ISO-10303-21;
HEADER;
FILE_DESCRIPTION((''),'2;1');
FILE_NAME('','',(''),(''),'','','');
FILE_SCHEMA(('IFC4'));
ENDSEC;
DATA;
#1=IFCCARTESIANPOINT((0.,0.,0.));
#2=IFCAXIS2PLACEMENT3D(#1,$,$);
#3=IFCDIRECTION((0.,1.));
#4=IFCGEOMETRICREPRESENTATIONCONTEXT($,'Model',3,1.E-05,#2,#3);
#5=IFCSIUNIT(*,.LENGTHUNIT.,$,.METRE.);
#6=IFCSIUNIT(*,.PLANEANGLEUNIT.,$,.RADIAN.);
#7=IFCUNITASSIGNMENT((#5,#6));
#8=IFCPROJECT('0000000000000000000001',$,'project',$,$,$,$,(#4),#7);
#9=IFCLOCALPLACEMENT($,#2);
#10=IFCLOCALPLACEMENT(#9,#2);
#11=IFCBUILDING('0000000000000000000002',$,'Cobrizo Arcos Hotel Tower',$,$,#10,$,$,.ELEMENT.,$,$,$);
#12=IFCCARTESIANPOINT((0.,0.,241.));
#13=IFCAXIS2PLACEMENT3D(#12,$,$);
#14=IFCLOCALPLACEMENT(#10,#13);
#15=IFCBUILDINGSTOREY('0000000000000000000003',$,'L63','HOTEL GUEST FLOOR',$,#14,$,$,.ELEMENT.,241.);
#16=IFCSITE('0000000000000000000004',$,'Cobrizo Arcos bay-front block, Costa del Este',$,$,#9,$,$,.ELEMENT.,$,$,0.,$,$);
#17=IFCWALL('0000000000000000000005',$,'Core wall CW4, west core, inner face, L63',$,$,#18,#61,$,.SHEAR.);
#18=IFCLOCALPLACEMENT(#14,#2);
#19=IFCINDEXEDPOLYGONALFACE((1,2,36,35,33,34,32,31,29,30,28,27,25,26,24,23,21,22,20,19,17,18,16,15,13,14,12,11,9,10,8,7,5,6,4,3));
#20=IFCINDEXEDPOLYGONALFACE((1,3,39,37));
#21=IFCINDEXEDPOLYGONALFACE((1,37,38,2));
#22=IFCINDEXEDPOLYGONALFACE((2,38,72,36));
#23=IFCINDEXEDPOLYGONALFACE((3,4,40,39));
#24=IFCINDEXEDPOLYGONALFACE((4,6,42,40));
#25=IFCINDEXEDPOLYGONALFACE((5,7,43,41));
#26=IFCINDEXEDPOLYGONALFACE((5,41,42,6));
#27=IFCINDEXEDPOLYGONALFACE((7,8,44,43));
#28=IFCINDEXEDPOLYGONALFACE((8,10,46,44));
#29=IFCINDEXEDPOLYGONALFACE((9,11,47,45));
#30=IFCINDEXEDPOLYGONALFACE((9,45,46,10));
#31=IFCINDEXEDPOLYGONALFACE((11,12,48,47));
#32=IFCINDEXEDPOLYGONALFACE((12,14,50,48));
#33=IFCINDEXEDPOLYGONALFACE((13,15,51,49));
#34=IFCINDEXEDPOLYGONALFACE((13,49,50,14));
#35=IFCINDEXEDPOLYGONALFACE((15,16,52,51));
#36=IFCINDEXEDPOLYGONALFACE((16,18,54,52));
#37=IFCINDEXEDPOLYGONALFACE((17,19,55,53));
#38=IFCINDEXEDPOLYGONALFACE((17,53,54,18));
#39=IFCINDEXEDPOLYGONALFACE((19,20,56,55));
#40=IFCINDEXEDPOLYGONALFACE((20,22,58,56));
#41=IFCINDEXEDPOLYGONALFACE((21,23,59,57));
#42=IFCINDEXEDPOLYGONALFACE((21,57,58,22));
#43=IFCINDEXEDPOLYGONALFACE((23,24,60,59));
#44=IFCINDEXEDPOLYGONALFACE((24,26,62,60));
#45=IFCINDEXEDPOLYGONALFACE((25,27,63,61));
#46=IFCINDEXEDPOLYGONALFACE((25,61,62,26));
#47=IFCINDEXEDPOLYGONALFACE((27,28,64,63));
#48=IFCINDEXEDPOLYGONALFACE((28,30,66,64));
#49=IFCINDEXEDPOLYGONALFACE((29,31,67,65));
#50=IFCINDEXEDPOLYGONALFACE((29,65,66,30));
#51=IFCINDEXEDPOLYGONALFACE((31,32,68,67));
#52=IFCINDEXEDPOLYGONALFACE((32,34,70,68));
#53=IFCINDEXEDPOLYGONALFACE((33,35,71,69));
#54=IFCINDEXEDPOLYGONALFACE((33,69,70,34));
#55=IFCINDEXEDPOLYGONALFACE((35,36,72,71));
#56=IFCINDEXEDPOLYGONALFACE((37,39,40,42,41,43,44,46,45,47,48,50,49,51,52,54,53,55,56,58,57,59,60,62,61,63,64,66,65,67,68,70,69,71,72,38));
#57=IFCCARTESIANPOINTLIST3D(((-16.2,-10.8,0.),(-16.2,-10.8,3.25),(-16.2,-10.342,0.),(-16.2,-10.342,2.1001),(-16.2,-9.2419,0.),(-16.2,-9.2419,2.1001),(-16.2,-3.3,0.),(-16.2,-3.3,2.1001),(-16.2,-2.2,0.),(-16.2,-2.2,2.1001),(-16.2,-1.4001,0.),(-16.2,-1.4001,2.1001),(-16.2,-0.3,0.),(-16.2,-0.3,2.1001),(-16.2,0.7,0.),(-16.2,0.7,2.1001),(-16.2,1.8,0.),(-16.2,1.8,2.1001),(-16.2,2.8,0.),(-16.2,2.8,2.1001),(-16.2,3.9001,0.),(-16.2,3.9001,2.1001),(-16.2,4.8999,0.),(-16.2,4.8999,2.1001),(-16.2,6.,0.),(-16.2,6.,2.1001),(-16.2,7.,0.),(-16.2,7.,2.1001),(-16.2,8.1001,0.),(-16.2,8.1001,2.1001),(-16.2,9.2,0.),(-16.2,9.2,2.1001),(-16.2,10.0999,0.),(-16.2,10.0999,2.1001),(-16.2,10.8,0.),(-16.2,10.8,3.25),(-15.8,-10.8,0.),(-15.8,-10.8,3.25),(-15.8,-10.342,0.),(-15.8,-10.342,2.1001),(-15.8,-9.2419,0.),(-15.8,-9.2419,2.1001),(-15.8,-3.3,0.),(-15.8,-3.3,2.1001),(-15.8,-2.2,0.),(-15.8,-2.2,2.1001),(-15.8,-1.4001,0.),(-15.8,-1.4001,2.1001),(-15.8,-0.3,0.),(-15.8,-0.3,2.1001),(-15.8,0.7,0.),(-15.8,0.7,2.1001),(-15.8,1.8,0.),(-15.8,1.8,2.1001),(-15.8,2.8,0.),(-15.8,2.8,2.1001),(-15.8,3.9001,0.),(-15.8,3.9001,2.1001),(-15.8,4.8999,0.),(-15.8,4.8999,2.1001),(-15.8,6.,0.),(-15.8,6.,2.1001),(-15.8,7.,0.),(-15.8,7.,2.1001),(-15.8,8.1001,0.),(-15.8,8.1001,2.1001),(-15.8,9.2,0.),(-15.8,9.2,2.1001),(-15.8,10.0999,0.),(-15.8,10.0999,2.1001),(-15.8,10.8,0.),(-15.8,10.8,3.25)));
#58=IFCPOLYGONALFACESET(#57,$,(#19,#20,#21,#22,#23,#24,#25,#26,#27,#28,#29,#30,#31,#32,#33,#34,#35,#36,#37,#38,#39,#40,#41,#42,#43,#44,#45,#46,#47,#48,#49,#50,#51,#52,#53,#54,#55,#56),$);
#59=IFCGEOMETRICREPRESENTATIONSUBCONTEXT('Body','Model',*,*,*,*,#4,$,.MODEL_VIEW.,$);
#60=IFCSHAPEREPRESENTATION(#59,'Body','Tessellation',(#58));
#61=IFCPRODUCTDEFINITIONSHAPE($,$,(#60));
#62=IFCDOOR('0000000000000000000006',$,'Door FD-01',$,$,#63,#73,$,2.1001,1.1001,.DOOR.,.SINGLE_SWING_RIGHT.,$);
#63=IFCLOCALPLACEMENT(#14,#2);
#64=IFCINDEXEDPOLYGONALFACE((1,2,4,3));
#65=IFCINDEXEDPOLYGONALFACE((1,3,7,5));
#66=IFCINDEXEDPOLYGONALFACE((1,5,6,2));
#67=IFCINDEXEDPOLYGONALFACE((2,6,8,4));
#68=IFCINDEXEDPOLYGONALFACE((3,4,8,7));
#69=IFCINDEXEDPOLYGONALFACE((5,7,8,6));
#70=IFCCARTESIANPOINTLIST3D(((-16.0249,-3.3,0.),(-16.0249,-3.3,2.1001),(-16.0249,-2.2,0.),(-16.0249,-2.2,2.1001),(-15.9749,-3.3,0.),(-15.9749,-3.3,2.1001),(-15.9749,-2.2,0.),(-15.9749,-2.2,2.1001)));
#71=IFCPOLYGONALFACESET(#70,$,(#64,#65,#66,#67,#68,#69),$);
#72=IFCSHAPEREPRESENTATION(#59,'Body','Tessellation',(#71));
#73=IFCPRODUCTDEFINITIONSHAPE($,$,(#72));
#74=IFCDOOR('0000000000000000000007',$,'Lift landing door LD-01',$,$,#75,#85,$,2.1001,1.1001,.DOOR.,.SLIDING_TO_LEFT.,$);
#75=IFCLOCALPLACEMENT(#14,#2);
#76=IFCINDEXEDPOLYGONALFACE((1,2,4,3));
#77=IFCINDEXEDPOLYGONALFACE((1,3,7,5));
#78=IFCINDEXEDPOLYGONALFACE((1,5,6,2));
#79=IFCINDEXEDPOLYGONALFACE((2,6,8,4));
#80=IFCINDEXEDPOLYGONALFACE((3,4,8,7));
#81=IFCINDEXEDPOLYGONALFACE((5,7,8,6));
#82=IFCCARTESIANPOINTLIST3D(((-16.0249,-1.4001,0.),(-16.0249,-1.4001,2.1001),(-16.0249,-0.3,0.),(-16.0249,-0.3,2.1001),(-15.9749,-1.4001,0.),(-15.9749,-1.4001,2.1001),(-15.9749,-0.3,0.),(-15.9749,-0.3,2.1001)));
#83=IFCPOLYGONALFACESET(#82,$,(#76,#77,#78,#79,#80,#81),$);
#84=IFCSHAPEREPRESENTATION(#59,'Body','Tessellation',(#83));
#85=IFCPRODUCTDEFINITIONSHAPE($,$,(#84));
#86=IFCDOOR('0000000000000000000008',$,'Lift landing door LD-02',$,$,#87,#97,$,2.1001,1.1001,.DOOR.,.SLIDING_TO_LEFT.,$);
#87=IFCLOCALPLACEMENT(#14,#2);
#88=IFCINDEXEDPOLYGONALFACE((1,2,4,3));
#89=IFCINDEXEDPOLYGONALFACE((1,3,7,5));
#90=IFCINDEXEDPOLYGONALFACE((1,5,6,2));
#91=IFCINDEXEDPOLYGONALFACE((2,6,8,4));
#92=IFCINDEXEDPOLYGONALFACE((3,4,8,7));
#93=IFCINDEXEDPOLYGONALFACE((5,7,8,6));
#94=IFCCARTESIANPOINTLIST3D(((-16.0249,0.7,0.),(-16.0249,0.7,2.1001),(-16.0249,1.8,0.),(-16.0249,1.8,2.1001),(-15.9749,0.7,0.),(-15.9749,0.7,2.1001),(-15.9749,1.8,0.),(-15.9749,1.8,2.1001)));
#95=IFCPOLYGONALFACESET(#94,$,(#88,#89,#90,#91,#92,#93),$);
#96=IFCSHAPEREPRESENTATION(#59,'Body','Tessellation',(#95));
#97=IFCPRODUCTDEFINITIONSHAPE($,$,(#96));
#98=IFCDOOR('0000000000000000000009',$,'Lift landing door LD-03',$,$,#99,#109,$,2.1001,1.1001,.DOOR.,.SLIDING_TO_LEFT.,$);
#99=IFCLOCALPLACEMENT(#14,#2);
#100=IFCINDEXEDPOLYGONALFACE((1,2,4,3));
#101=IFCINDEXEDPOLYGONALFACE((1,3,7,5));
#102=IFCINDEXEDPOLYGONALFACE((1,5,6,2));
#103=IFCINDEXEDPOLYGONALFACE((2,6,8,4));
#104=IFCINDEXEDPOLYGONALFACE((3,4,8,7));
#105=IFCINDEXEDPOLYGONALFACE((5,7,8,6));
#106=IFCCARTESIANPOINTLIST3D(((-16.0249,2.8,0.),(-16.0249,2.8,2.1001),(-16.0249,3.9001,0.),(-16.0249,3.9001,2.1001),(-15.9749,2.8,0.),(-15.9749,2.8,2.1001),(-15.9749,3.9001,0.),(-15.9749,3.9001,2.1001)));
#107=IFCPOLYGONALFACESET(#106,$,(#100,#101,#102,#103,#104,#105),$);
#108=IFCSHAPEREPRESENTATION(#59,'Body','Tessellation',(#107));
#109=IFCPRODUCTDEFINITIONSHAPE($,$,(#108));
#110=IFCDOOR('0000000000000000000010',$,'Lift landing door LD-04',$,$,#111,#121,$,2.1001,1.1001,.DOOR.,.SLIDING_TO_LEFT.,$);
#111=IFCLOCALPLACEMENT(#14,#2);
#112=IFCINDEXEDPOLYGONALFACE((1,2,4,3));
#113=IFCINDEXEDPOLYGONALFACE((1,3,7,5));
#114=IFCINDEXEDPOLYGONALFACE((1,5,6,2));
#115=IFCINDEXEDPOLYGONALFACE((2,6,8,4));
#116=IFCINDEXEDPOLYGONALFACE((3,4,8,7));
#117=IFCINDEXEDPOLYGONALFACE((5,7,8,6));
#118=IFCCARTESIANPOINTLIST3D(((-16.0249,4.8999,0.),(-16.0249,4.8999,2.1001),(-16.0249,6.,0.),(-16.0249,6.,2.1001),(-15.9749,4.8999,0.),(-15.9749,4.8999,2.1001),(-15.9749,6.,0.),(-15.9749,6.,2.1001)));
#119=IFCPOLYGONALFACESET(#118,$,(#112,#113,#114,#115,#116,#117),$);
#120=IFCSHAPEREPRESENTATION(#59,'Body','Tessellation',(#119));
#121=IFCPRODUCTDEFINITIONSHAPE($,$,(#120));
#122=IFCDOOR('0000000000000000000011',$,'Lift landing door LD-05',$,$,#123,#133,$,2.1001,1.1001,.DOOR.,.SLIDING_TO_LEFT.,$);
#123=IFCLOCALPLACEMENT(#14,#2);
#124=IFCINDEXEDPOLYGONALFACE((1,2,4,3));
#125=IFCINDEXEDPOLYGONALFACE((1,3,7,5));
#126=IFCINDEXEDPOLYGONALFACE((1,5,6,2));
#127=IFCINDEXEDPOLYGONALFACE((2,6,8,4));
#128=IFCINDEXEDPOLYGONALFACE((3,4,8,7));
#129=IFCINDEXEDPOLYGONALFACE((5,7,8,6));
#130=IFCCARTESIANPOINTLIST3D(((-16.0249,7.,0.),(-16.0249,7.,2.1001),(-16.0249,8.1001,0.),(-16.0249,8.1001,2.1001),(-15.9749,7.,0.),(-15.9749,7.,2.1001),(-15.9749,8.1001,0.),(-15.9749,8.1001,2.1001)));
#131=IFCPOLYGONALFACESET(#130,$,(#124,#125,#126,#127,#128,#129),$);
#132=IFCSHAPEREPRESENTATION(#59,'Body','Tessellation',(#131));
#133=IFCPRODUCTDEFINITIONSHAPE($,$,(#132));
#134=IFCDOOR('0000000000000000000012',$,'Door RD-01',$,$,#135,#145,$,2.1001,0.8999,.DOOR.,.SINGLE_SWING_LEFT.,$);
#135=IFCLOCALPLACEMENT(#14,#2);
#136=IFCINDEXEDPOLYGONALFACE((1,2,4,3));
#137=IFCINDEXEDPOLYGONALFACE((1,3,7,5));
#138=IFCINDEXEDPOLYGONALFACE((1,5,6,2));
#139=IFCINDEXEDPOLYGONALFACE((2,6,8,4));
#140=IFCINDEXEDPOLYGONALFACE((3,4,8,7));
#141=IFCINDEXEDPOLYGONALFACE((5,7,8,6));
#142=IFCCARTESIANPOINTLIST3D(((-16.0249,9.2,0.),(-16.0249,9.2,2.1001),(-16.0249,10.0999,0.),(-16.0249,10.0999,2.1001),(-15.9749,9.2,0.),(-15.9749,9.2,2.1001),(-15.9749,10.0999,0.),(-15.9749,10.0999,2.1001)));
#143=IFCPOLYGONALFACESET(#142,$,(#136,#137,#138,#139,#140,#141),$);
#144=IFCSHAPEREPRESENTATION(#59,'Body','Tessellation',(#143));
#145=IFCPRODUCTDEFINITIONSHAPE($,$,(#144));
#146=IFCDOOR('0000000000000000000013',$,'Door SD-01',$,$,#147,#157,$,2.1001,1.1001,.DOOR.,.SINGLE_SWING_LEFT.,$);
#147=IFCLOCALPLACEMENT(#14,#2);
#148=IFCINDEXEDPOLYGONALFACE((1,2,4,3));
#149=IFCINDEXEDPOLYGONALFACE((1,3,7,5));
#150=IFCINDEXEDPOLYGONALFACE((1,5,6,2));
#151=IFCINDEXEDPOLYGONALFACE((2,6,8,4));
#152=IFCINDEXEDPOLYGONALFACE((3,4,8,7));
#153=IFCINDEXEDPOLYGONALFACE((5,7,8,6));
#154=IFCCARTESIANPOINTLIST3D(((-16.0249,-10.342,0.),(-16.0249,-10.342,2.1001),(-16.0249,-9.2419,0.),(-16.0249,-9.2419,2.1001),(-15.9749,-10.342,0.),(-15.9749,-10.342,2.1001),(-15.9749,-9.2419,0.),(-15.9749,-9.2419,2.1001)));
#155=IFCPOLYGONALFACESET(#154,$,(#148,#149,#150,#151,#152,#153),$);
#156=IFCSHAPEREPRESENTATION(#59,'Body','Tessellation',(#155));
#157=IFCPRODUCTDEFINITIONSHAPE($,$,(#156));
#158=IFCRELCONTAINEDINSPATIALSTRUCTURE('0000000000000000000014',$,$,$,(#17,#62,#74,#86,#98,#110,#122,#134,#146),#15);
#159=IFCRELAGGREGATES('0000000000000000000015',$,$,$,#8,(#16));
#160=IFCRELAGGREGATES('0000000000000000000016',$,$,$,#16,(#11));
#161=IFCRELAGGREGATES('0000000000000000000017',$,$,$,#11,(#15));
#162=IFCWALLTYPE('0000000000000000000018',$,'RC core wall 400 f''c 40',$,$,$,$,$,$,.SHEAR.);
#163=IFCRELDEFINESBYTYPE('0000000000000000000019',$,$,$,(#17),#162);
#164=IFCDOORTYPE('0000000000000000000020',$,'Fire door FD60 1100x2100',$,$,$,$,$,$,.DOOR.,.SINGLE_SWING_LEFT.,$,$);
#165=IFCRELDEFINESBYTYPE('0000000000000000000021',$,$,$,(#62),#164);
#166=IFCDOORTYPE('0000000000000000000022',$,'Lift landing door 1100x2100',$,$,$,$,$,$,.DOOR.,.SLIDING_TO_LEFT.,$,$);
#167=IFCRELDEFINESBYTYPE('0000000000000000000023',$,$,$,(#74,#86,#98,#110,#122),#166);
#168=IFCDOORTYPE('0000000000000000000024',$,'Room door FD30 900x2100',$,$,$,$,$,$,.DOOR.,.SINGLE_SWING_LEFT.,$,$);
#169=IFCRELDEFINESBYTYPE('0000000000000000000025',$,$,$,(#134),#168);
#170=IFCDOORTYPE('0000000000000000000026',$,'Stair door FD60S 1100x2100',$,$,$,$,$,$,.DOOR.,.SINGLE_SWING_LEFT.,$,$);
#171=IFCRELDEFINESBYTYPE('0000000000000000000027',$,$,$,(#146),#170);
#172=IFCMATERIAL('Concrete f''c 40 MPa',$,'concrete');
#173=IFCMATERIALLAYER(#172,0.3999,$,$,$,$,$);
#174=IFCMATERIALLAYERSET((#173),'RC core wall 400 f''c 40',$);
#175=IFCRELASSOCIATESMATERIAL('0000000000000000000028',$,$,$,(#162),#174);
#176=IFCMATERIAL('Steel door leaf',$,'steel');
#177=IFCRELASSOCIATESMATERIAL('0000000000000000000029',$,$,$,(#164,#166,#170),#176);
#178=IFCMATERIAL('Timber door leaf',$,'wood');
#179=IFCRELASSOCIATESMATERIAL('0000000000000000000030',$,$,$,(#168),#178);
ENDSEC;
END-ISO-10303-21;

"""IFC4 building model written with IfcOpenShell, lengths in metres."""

from ifc_helpers import new_model, si_unit, direction, frame, frame_2d, origin, place, context, subcontext, project, spatial, rectangle, extrude, material, layer, layer_set, type_object, element, fill, save


model = new_model("IFC4")

# Units and contexts
model_context = context("Model", 3, precision=1e-05, world=origin(), true_north=direction((0.0, 1.0)))
body_context = subcontext(model_context, "Body", "Model", "MODEL_VIEW")
ifc_project = project(units=[si_unit("LENGTHUNIT", "METRE"), si_unit("PLANEANGLEUNIT", "RADIAN")], contexts=[model_context])

# Site, building, storey
site_placement = place(None, origin())
site = spatial("IfcSite", under=ifc_project, at=site_placement, Name="Cobrizo Arcos bay-front block, Costa del Este", CompositionType="ELEMENT", RefElevation=0.0)
building_placement = place(site_placement, origin())
building = spatial("IfcBuilding", under=site, at=building_placement, Name="Cobrizo Arcos Hotel Tower", CompositionType="ELEMENT")
storey_placement = place(building_placement, frame((0.0, 0.0, 241.0)))
storey = spatial("IfcBuildingStorey", under=building, at=storey_placement, Name="L63", Description="HOTEL GUEST FLOOR", CompositionType="ELEMENT", Elevation=241.0)

# Shared definitions
ifc_material_1 = material(Name="Timber door leaf", Category="wood")

# Wall, openings, doors
ifc_material_2 = material(Name="Concrete f'c 40 MPa", Category="concrete")
ifc_layer_1 = layer(ifc_material_2, 0.3999)
ifc_layer_set_1 = layer_set([ifc_layer_1], Name="RC core wall 400 f'c 40")
wall_type_1 = type_object("IfcWallType", Name="RC core wall 400 f'c 40", PredefinedType="SHEAR", material=ifc_layer_set_1)
wall_1_placement = place(storey_placement, frame((-16.0, -10.8, 0.0), z_axis=(0.0, 0.0, 1.0), x_axis=(0.0, 1.0, 0.0)))
wall_1 = element("IfcWall", 1, at=wall_1_placement, inside=storey, type_object=wall_type_1, Name="Core wall CW4, west core, inner face, L63", PredefinedType="SHEAR", context=body_context, shape_type="SweptSolid", body=[
    extrude(rectangle(XDim=21.6001, YDim=0.3999, at=frame_2d((10.8, 0.0))), origin(), (0.0, 0.0, 1.0), 3.25),
])
opening_1_placement = place(wall_1_placement, frame((9.3999, 0.0, 0.0)))
opening_1 = element("IfcOpeningElement", 2, at=opening_1_placement, cuts=wall_1, PredefinedType="OPENING", context=body_context, shape_type="SweptSolid", body=[
    extrude(rectangle(XDim=1.1001, YDim=2.1001, at=frame_2d((0.55, 1.05))), frame((0.0, 0.2119, 0.0), z_axis=(0.0, -1.0, 0.0), x_axis=(1.0, 0.0, 0.0)), (0.0, 0.0, 1.0), 0.4238),
])
opening_2_placement = place(wall_1_placement, frame((11.5, 0.0, 0.0)))
opening_2 = element("IfcOpeningElement", 3, at=opening_2_placement, cuts=wall_1, PredefinedType="OPENING", context=body_context, shape_type="SweptSolid", body=[
    extrude(rectangle(XDim=1.1001, YDim=2.1001, at=frame_2d((0.55, 1.05))), frame((0.0, 0.2119, 0.0), z_axis=(0.0, -1.0, 0.0), x_axis=(1.0, 0.0, 0.0)), (0.0, 0.0, 1.0), 0.4238),
])
opening_3_placement = place(wall_1_placement, frame((13.6001, 0.0, 0.0)))
opening_3 = element("IfcOpeningElement", 4, at=opening_3_placement, cuts=wall_1, PredefinedType="OPENING", context=body_context, shape_type="SweptSolid", body=[
    extrude(rectangle(XDim=1.1001, YDim=2.1001, at=frame_2d((0.55, 1.05))), frame((0.0, 0.2119, 0.0), z_axis=(0.0, -1.0, 0.0), x_axis=(1.0, 0.0, 0.0)), (0.0, 0.0, 1.0), 0.4238),
])
opening_4_placement = place(wall_1_placement, frame((15.7, 0.0, 0.0)))
opening_4 = element("IfcOpeningElement", 5, at=opening_4_placement, cuts=wall_1, PredefinedType="OPENING", context=body_context, shape_type="SweptSolid", body=[
    extrude(rectangle(XDim=1.1001, YDim=2.1001, at=frame_2d((0.55, 1.05))), frame((0.0, 0.2119, 0.0), z_axis=(0.0, -1.0, 0.0), x_axis=(1.0, 0.0, 0.0)), (0.0, 0.0, 1.0), 0.4238),
])
opening_5_placement = place(wall_1_placement, frame((17.8, 0.0, 0.0)))
opening_5 = element("IfcOpeningElement", 6, at=opening_5_placement, cuts=wall_1, PredefinedType="OPENING", context=body_context, shape_type="SweptSolid", body=[
    extrude(rectangle(XDim=1.1001, YDim=2.1001, at=frame_2d((0.55, 1.05))), frame((0.0, 0.2119, 0.0), z_axis=(0.0, -1.0, 0.0), x_axis=(1.0, 0.0, 0.0)), (0.0, 0.0, 1.0), 0.4238),
])
opening_6_placement = place(wall_1_placement, frame((0.458, 0.0, 0.0)))
opening_6 = element("IfcOpeningElement", 7, at=opening_6_placement, cuts=wall_1, PredefinedType="OPENING", context=body_context, shape_type="SweptSolid", body=[
    extrude(rectangle(XDim=1.1001, YDim=2.1001, at=frame_2d((0.55, 1.05))), frame((0.0, 0.2119, 0.0), z_axis=(0.0, -1.0, 0.0), x_axis=(1.0, 0.0, 0.0)), (0.0, 0.0, 1.0), 0.4238),
])
opening_7_placement = place(wall_1_placement, frame((7.5, 0.0, 0.0)))
opening_7 = element("IfcOpeningElement", 8, at=opening_7_placement, cuts=wall_1, PredefinedType="OPENING", context=body_context, shape_type="SweptSolid", body=[
    extrude(rectangle(XDim=1.1001, YDim=2.1001, at=frame_2d((0.55, 1.05))), frame((0.0, 0.2119, 0.0), z_axis=(0.0, -1.0, 0.0), x_axis=(1.0, 0.0, 0.0)), (0.0, 0.0, 1.0), 0.4238),
])
opening_8_placement = place(wall_1_placement, frame((20.0, 0.0, 0.0)))
opening_8 = element("IfcOpeningElement", 9, at=opening_8_placement, cuts=wall_1, PredefinedType="OPENING", context=body_context, shape_type="SweptSolid", body=[
    extrude(rectangle(XDim=0.8999, YDim=2.1001, at=frame_2d((0.45, 1.05))), frame((0.0, 0.2119, 0.0), z_axis=(0.0, -1.0, 0.0), x_axis=(1.0, 0.0, 0.0)), (0.0, 0.0, 1.0), 0.4238),
])
ifc_material_3 = material(Name="Steel door leaf", Category="steel")
door_type_1 = type_object("IfcDoorType", Name="Fire door FD60 1100x2100", OperationType="SINGLE_SWING_LEFT", PredefinedType="DOOR", material=ifc_material_3)
door_1_placement = place(opening_7_placement, origin())
door_1 = element("IfcDoor", 10, at=door_1_placement, inside=storey, type_object=door_type_1, Name="Door FD-01", OperationType="SINGLE_SWING_RIGHT", OverallHeight=2.1001, OverallWidth=1.1001, PredefinedType="DOOR", context=body_context, shape_type="SweptSolid", body=[
    extrude(rectangle(XDim=1.1001, YDim=2.1001, at=frame_2d((0.55, 1.05))), frame((0.0, 0.0249, 0.0), z_axis=(0.0, -1.0, 0.0), x_axis=(1.0, 0.0, 0.0)), (0.0, 0.0, 1.0), 0.05),
])
fill(opening_7, door_1)
door_type_2 = type_object("IfcDoorType", Name="Lift landing door 1100x2100", OperationType="SLIDING_TO_LEFT", PredefinedType="DOOR", material=ifc_material_3)
door_2_placement = place(opening_1_placement, origin())
door_2 = element("IfcDoor", 11, at=door_2_placement, inside=storey, type_object=door_type_2, Name="Lift landing door LD-01", OperationType="SLIDING_TO_LEFT", OverallHeight=2.1001, OverallWidth=1.1001, PredefinedType="DOOR", context=body_context, shape_type="SweptSolid", body=[
    extrude(rectangle(XDim=1.1001, YDim=2.1001, at=frame_2d((0.55, 1.05))), frame((0.0, 0.0249, 0.0), z_axis=(0.0, -1.0, 0.0), x_axis=(1.0, 0.0, 0.0)), (0.0, 0.0, 1.0), 0.05),
])
fill(opening_1, door_2)
door_3_placement = place(opening_2_placement, origin())
door_3 = element("IfcDoor", 12, at=door_3_placement, inside=storey, type_object=door_type_2, Name="Lift landing door LD-02", OperationType="SLIDING_TO_LEFT", OverallHeight=2.1001, OverallWidth=1.1001, PredefinedType="DOOR", context=body_context, shape_type="SweptSolid", body=[
    extrude(rectangle(XDim=1.1001, YDim=2.1001, at=frame_2d((0.55, 1.05))), frame((0.0, 0.0249, 0.0), z_axis=(0.0, -1.0, 0.0), x_axis=(1.0, 0.0, 0.0)), (0.0, 0.0, 1.0), 0.05),
])
fill(opening_2, door_3)
door_4_placement = place(opening_3_placement, origin())
door_4 = element("IfcDoor", 13, at=door_4_placement, inside=storey, type_object=door_type_2, Name="Lift landing door LD-03", OperationType="SLIDING_TO_LEFT", OverallHeight=2.1001, OverallWidth=1.1001, PredefinedType="DOOR", context=body_context, shape_type="SweptSolid", body=[
    extrude(rectangle(XDim=1.1001, YDim=2.1001, at=frame_2d((0.55, 1.05))), frame((0.0, 0.0249, 0.0), z_axis=(0.0, -1.0, 0.0), x_axis=(1.0, 0.0, 0.0)), (0.0, 0.0, 1.0), 0.05),
])
fill(opening_3, door_4)
door_5_placement = place(opening_4_placement, origin())
door_5 = element("IfcDoor", 14, at=door_5_placement, inside=storey, type_object=door_type_2, Name="Lift landing door LD-04", OperationType="SLIDING_TO_LEFT", OverallHeight=2.1001, OverallWidth=1.1001, PredefinedType="DOOR", context=body_context, shape_type="SweptSolid", body=[
    extrude(rectangle(XDim=1.1001, YDim=2.1001, at=frame_2d((0.55, 1.05))), frame((0.0, 0.0249, 0.0), z_axis=(0.0, -1.0, 0.0), x_axis=(1.0, 0.0, 0.0)), (0.0, 0.0, 1.0), 0.05),
])
fill(opening_4, door_5)
door_6_placement = place(opening_5_placement, origin())
door_6 = element("IfcDoor", 15, at=door_6_placement, inside=storey, type_object=door_type_2, Name="Lift landing door LD-05", OperationType="SLIDING_TO_LEFT", OverallHeight=2.1001, OverallWidth=1.1001, PredefinedType="DOOR", context=body_context, shape_type="SweptSolid", body=[
    extrude(rectangle(XDim=1.1001, YDim=2.1001, at=frame_2d((0.55, 1.05))), frame((0.0, 0.0249, 0.0), z_axis=(0.0, -1.0, 0.0), x_axis=(1.0, 0.0, 0.0)), (0.0, 0.0, 1.0), 0.05),
])
fill(opening_5, door_6)
door_type_3 = type_object("IfcDoorType", Name="Room door FD30 900x2100", OperationType="SINGLE_SWING_LEFT", PredefinedType="DOOR", material=ifc_material_1)
door_7_placement = place(opening_8_placement, origin())
door_7 = element("IfcDoor", 16, at=door_7_placement, inside=storey, type_object=door_type_3, Name="Door RD-01", OperationType="SINGLE_SWING_LEFT", OverallHeight=2.1001, OverallWidth=0.8999, PredefinedType="DOOR", context=body_context, shape_type="SweptSolid", body=[
    extrude(rectangle(XDim=0.8999, YDim=2.1001, at=frame_2d((0.45, 1.05))), frame((0.0, 0.0249, 0.0), z_axis=(0.0, -1.0, 0.0), x_axis=(1.0, 0.0, 0.0)), (0.0, 0.0, 1.0), 0.05),
])
fill(opening_8, door_7)
door_type_4 = type_object("IfcDoorType", Name="Stair door FD60S 1100x2100", OperationType="SINGLE_SWING_LEFT", PredefinedType="DOOR", material=ifc_material_3)
door_8_placement = place(opening_6_placement, origin())
door_8 = element("IfcDoor", 17, at=door_8_placement, inside=storey, type_object=door_type_4, Name="Door SD-01", OperationType="SINGLE_SWING_LEFT", OverallHeight=2.1001, OverallWidth=1.1001, PredefinedType="DOOR", context=body_context, shape_type="SweptSolid", body=[
    extrude(rectangle(XDim=1.1001, YDim=2.1001, at=frame_2d((0.55, 1.05))), frame((0.0, 0.0249, 0.0), z_axis=(0.0, -1.0, 0.0), x_axis=(1.0, 0.0, 0.0)), (0.0, 0.0, 1.0), 0.05),
])
fill(opening_6, door_8)

save(model, "model.ifc")
